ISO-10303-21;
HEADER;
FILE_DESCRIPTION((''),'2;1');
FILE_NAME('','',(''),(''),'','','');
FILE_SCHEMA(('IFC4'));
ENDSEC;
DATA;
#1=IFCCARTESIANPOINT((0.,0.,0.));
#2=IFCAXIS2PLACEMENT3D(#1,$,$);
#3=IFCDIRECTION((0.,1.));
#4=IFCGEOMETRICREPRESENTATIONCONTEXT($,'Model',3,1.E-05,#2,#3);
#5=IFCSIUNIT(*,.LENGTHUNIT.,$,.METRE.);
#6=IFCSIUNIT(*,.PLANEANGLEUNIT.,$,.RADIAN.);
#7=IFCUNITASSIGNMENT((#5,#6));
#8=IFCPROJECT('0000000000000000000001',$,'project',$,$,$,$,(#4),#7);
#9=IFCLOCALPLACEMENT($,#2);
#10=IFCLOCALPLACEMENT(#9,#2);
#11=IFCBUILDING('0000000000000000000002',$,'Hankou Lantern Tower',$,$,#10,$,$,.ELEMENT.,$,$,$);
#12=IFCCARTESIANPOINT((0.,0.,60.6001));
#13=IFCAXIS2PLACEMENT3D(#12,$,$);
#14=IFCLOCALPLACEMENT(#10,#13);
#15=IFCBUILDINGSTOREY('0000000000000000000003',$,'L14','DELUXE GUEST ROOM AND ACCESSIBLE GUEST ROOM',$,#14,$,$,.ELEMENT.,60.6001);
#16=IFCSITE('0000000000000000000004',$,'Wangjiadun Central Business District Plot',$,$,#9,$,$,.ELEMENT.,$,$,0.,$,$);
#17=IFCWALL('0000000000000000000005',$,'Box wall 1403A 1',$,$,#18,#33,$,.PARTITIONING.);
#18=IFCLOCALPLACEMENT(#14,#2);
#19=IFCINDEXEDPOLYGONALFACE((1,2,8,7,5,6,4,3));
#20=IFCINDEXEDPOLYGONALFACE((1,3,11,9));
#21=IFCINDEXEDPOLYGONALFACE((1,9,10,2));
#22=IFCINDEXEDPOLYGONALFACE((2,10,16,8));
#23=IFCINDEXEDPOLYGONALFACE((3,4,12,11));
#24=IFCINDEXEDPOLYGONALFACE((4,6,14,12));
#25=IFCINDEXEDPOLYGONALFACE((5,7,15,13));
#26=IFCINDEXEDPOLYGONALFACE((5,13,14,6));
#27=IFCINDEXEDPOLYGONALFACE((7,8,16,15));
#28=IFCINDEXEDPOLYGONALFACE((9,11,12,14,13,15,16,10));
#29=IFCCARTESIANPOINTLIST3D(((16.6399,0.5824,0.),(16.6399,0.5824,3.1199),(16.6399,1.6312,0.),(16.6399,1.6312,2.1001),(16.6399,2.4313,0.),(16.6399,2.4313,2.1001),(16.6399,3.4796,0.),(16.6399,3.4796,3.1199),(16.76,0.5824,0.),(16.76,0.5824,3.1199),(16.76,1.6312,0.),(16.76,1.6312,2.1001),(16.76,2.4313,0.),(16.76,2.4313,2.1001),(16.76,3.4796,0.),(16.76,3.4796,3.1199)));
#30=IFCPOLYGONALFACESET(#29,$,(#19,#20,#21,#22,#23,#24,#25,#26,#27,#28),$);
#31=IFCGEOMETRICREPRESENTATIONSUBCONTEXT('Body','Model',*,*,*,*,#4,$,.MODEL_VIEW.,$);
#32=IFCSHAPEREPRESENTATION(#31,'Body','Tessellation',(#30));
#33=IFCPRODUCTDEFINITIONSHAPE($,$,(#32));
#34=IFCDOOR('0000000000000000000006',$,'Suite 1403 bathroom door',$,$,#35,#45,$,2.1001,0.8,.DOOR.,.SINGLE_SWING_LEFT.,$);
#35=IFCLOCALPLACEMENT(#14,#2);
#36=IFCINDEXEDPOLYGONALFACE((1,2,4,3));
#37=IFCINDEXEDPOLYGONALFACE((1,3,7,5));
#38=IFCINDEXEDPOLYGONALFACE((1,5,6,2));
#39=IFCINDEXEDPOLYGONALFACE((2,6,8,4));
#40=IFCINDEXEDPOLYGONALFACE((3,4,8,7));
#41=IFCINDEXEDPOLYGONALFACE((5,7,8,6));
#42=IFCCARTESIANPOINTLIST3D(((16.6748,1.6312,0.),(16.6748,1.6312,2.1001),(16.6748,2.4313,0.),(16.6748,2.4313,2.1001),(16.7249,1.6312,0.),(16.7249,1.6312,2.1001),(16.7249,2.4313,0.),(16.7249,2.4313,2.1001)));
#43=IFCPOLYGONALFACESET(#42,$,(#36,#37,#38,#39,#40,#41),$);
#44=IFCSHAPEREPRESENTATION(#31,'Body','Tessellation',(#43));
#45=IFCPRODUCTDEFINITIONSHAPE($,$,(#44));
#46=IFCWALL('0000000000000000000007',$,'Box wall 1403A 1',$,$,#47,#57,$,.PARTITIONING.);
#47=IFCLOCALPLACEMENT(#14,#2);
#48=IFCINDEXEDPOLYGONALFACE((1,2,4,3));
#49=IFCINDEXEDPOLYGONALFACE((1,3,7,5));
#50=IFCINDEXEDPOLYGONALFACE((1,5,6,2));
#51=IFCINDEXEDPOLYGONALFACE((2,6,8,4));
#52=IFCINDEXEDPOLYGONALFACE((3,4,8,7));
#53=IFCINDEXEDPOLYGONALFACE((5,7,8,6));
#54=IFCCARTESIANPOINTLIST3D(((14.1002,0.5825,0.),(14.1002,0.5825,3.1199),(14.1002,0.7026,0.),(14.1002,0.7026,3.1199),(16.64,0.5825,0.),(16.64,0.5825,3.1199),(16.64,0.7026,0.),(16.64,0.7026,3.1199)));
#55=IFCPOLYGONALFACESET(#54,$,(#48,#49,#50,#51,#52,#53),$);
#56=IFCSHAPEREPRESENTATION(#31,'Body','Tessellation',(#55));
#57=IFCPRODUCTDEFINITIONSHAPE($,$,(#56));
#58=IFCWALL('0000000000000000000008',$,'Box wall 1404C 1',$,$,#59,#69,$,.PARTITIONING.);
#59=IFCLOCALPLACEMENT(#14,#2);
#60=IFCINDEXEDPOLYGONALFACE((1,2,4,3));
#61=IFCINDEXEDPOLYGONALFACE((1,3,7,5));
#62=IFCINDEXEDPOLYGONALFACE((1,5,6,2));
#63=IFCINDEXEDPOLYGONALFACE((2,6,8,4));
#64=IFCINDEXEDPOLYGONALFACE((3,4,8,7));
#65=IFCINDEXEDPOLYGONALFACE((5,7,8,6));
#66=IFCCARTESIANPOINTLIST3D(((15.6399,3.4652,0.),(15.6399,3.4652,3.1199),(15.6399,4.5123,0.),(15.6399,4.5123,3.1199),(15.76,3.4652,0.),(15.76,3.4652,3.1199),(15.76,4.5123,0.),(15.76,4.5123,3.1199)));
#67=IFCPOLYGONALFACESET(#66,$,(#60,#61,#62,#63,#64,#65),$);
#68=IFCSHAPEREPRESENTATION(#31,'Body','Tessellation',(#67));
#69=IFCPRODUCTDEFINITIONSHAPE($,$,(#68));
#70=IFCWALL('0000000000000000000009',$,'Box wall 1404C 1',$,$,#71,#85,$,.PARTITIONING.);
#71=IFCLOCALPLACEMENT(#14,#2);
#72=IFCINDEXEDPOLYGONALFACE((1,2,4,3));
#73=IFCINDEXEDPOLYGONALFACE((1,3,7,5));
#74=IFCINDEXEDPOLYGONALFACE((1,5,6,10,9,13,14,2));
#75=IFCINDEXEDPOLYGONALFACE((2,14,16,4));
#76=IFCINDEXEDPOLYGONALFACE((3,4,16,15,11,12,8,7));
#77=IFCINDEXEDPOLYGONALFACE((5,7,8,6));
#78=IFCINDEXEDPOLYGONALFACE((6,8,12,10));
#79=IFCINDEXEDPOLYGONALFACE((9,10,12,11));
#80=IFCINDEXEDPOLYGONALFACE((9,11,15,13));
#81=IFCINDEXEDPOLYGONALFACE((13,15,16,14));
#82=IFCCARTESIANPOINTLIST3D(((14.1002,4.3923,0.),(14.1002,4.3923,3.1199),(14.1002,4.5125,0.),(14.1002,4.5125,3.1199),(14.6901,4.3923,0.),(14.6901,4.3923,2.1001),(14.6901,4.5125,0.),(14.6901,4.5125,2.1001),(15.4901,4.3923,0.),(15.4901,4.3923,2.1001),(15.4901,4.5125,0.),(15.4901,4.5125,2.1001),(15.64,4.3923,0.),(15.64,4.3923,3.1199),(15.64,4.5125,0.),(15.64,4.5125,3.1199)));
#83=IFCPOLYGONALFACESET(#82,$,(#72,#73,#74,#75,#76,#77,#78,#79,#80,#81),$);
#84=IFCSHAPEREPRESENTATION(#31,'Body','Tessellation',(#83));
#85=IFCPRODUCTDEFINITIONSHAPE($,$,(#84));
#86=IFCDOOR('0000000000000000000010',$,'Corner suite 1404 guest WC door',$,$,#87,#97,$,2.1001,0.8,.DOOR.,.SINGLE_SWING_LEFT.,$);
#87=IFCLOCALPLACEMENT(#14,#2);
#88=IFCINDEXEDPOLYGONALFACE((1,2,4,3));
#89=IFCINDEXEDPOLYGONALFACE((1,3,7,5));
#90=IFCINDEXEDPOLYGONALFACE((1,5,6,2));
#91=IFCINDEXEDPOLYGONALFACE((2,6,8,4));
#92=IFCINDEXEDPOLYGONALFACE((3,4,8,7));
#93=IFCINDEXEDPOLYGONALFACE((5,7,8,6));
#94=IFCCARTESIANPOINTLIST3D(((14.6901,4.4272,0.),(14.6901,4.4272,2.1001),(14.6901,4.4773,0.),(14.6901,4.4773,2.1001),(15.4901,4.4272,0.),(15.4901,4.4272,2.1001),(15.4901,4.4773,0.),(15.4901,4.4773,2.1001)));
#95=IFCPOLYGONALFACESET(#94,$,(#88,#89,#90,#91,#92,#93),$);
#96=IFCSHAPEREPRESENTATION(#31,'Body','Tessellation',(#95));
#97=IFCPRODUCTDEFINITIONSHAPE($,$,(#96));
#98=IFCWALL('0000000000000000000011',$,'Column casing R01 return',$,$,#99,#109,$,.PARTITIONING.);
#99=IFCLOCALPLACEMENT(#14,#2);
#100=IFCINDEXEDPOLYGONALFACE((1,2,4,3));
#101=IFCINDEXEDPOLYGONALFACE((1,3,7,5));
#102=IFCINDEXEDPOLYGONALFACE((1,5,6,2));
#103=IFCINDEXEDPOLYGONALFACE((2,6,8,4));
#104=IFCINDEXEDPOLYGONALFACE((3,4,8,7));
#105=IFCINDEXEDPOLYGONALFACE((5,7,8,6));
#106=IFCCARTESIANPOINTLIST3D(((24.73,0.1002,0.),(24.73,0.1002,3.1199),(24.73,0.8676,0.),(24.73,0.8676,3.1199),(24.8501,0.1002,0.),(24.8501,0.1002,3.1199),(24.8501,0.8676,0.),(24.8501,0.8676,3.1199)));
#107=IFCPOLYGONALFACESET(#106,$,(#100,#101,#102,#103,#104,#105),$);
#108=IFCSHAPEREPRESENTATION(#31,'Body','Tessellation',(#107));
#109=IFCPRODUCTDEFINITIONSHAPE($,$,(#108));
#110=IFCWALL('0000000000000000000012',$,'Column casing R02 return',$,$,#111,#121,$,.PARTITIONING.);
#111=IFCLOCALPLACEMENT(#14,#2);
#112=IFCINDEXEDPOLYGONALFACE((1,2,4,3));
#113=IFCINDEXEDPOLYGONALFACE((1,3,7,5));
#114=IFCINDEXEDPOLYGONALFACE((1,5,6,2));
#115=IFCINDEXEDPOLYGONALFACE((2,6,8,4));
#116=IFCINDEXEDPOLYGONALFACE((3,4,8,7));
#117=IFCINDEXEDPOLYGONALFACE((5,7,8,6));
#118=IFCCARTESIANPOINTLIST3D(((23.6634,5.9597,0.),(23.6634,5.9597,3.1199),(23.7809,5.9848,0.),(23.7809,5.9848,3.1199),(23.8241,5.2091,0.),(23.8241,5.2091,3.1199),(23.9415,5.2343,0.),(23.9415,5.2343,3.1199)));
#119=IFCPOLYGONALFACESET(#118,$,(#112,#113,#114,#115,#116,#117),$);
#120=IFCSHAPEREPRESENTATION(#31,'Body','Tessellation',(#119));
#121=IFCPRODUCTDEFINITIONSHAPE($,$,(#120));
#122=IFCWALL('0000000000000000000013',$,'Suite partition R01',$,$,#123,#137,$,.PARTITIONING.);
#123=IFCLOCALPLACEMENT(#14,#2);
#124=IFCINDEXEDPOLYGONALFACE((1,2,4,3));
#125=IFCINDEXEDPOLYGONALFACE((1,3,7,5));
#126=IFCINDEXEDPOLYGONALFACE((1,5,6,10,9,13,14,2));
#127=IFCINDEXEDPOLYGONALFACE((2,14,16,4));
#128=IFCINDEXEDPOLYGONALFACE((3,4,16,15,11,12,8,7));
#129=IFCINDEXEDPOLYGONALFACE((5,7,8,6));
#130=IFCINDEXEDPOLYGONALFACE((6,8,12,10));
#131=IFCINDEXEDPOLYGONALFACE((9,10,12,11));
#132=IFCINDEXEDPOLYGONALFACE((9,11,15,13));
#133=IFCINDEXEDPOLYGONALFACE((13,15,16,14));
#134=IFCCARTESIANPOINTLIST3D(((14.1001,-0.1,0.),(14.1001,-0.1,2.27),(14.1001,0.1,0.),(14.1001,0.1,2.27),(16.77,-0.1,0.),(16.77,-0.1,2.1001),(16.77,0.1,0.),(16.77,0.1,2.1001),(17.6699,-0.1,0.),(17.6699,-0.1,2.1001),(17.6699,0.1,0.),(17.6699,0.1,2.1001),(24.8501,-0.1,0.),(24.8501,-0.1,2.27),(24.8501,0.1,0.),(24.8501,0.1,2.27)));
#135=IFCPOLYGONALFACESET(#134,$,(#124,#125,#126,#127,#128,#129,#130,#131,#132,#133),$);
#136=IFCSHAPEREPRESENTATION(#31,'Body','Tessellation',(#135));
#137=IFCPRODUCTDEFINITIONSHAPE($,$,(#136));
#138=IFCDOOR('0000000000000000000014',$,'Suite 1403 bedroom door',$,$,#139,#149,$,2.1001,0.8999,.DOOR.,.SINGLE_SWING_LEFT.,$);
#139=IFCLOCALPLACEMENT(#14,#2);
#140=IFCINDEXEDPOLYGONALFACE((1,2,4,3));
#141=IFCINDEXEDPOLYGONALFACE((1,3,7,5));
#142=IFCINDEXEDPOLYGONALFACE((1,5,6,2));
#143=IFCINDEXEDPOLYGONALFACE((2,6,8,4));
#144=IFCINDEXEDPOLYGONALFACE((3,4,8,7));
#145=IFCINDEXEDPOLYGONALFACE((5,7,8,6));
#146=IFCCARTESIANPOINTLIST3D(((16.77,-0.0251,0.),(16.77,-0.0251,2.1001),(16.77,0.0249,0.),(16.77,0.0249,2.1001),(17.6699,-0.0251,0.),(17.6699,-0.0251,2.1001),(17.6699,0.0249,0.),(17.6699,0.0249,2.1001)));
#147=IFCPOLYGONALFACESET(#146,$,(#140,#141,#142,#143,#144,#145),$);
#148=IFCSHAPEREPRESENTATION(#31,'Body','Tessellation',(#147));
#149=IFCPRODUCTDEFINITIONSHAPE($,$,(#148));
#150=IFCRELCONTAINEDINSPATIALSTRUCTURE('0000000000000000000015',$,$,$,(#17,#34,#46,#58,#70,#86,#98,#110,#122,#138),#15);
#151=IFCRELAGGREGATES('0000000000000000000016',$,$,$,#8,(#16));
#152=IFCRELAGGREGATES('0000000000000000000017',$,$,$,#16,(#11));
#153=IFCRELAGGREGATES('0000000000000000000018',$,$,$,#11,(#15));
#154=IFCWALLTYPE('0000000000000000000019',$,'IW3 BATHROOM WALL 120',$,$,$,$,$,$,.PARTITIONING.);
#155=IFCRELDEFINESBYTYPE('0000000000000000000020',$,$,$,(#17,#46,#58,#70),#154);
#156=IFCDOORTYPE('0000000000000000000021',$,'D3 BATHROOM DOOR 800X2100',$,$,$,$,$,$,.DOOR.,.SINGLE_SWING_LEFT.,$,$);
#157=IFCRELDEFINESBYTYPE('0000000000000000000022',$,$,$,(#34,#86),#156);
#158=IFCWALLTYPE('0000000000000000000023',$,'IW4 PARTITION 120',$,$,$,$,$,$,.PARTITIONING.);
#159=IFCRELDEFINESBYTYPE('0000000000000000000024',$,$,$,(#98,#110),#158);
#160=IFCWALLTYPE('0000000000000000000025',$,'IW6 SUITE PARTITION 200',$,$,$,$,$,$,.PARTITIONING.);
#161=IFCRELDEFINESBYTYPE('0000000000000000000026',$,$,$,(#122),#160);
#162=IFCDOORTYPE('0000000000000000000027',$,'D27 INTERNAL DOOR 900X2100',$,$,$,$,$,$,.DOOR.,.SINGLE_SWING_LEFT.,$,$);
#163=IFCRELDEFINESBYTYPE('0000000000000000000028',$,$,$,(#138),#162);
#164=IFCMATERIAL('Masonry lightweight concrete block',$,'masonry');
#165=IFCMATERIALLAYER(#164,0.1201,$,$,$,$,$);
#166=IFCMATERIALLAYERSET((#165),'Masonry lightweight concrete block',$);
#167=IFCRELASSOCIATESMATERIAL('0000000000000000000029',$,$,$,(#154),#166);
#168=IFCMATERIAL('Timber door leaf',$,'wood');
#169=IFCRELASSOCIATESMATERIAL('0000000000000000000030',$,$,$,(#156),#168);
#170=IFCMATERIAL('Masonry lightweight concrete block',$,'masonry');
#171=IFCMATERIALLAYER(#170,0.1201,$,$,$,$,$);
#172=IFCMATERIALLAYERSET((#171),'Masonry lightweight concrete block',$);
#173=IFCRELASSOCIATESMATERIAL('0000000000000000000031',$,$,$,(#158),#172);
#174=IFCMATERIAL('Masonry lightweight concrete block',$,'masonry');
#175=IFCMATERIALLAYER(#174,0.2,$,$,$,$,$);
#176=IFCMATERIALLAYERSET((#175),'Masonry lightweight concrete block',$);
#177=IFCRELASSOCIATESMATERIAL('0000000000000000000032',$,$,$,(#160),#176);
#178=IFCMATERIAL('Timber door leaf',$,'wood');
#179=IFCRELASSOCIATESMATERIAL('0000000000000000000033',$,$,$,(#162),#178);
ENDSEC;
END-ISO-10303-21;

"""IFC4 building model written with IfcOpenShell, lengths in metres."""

from ifc_helpers import new_model, si_unit, direction, frame, frame_2d, origin, place, context, subcontext, project, spatial, rectangle, extrude, material, layer, layer_set, type_object, element, fill, save


model = new_model("IFC4")

# Units and contexts
model_context = context("Model", 3, precision=1e-05, world=origin(), true_north=direction((0.0, 1.0)))
body_context = subcontext(model_context, "Body", "Model", "MODEL_VIEW")
ifc_project = project(units=[si_unit("LENGTHUNIT", "METRE"), si_unit("PLANEANGLEUNIT", "RADIAN")], contexts=[model_context])

# Site, building, storey
site_placement = place(None, origin())
site = spatial("IfcSite", under=ifc_project, at=site_placement, Name="Wangjiadun Central Business District Plot", CompositionType="ELEMENT", RefElevation=0.0)
building_placement = place(site_placement, origin())
building = spatial("IfcBuilding", under=site, at=building_placement, Name="Hankou Lantern Tower", CompositionType="ELEMENT")
storey_placement = place(building_placement, frame((0.0, 0.0, 60.6001)))
storey = spatial("IfcBuildingStorey", under=building, at=storey_placement, Name="L14", Description="DELUXE GUEST ROOM AND ACCESSIBLE GUEST ROOM", CompositionType="ELEMENT", Elevation=60.6001)

# Shared definitions
ifc_material_1 = material(Name="Masonry lightweight concrete block", Category="masonry")
ifc_layer_1 = layer(ifc_material_1, 0.1201)
ifc_layer_set_1 = layer_set([ifc_layer_1], Name="Masonry lightweight concrete block")
wall_type_1 = type_object("IfcWallType", Name="IW3 BATHROOM WALL 120", PredefinedType="PARTITIONING", material=ifc_layer_set_1)

# Wall, opening, door
ifc_material_2 = material(Name="Timber door leaf", Category="wood")
door_type_1 = type_object("IfcDoorType", Name="D3 BATHROOM DOOR 800X2100", OperationType="SINGLE_SWING_LEFT", PredefinedType="DOOR", material=ifc_material_2)
wall_1_placement = place(storey_placement, frame((16.7, 3.4797, 0.0), z_axis=(0.0, 0.0, 1.0), x_axis=(0.0, -1.0, 0.0)))
wall_1 = element("IfcWall", 1, at=wall_1_placement, inside=storey, type_object=wall_type_1, Name="Box wall 1403A 1", PredefinedType="PARTITIONING", context=body_context, shape_type="SweptSolid", body=[
    extrude(rectangle(XDim=2.8972, YDim=0.1201, at=frame_2d((1.4487, 0.0))), origin(), (0.0, 0.0, 1.0), 3.1199),
])
opening_1_placement = place(wall_1_placement, frame((1.0486, 0.0, 0.0)))
opening_1 = element("IfcOpeningElement", 2, at=opening_1_placement, cuts=wall_1, PredefinedType="OPENING", context=body_context, shape_type="SweptSolid", body=[
    extrude(rectangle(XDim=0.8, YDim=2.1001, at=frame_2d((0.3999, 1.05))), frame((0.0, 0.0701, 0.0), z_axis=(0.0, -1.0, 0.0), x_axis=(1.0, 0.0, 0.0)), (0.0, 0.0, 1.0), 0.1401),
])
door_1_placement = place(opening_1_placement, origin())
door_1 = element("IfcDoor", 3, at=door_1_placement, inside=storey, type_object=door_type_1, Name="Suite 1403 bathroom door", OperationType="SINGLE_SWING_LEFT", OverallHeight=2.1001, OverallWidth=0.8, PredefinedType="DOOR", context=body_context, shape_type="SweptSolid", body=[
    extrude(rectangle(XDim=0.8, YDim=2.1001, at=frame_2d((0.3999, 1.05))), frame((0.0, 0.0249, 0.0), z_axis=(0.0, -1.0, 0.0), x_axis=(1.0, 0.0, 0.0)), (0.0, 0.0, 1.0), 0.05),
])
fill(opening_1, door_1)

# Walls
wall_2_placement = place(storey_placement, frame((14.1001, 0.6426, 0.0), z_axis=(0.0, 0.0, 1.0), x_axis=(1.0, 0.0, 0.0)))
element("IfcWall", 4, at=wall_2_placement, inside=storey, type_object=wall_type_1, Name="Box wall 1403A 1", PredefinedType="PARTITIONING", context=body_context, shape_type="SweptSolid", body=[
    extrude(rectangle(XDim=2.5398, YDim=0.1201, at=frame_2d((1.27, 0.0))), origin(), (0.0, 0.0, 1.0), 3.1199),
])
wall_3_placement = place(storey_placement, frame((15.7, 3.4653, 0.0), z_axis=(0.0, 0.0, 1.0), x_axis=(0.0, 1.0, 0.0)))
element("IfcWall", 5, at=wall_3_placement, inside=storey, type_object=wall_type_1, Name="Box wall 1404C 1", PredefinedType="PARTITIONING", context=body_context, shape_type="SweptSolid", body=[
    extrude(rectangle(XDim=1.0471, YDim=0.1201, at=frame_2d((0.5234, 0.0))), origin(), (0.0, 0.0, 1.0), 3.1199),
])

# Wall, opening, door
wall_4_placement = place(storey_placement, frame((14.1001, 4.4524, 0.0), z_axis=(0.0, 0.0, 1.0), x_axis=(1.0, 0.0, 0.0)))
wall_4 = element("IfcWall", 6, at=wall_4_placement, inside=storey, type_object=wall_type_1, Name="Box wall 1404C 1", PredefinedType="PARTITIONING", context=body_context, shape_type="SweptSolid", body=[
    extrude(rectangle(XDim=1.5398, YDim=0.1201, at=frame_2d((0.77, 0.0))), origin(), (0.0, 0.0, 1.0), 3.1199),
])
opening_2_placement = place(wall_4_placement, frame((0.5901, 0.0, 0.0)))
opening_2 = element("IfcOpeningElement", 7, at=opening_2_placement, cuts=wall_4, PredefinedType="OPENING", context=body_context, shape_type="SweptSolid", body=[
    extrude(rectangle(XDim=0.8, YDim=2.1001, at=frame_2d((0.3999, 1.05))), frame((0.0, 0.0701, 0.0), z_axis=(0.0, -1.0, 0.0), x_axis=(1.0, 0.0, 0.0)), (0.0, 0.0, 1.0), 0.1401),
])
door_2_placement = place(opening_2_placement, origin())
door_2 = element("IfcDoor", 8, at=door_2_placement, inside=storey, type_object=door_type_1, Name="Corner suite 1404 guest WC door", OperationType="SINGLE_SWING_LEFT", OverallHeight=2.1001, OverallWidth=0.8, PredefinedType="DOOR", context=body_context, shape_type="SweptSolid", body=[
    extrude(rectangle(XDim=0.8, YDim=2.1001, at=frame_2d((0.3999, 1.05))), frame((0.0, 0.0249, 0.0), z_axis=(0.0, -1.0, 0.0), x_axis=(1.0, 0.0, 0.0)), (0.0, 0.0, 1.0), 0.05),
])
fill(opening_2, door_2)

# Walls
ifc_material_3 = material(Name="Masonry lightweight concrete block", Category="masonry")
ifc_layer_2 = layer(ifc_material_3, 0.1201)
ifc_layer_set_2 = layer_set([ifc_layer_2], Name="Masonry lightweight concrete block")
wall_type_2 = type_object("IfcWallType", Name="IW4 PARTITION 120", PredefinedType="PARTITIONING", material=ifc_layer_set_2)
wall_5_placement = place(storey_placement, frame((24.79, 0.1001, 0.0), z_axis=(0.0, 0.0, 1.0), x_axis=(0.0, 1.0, 0.0)))
element("IfcWall", 9, at=wall_5_placement, inside=storey, type_object=wall_type_2, Name="Column casing R01 return", PredefinedType="PARTITIONING", context=body_context, shape_type="SweptSolid", body=[
    extrude(rectangle(XDim=0.7673, YDim=0.1201, at=frame_2d((0.3838, 0.0))), origin(), (0.0, 0.0, 1.0), 3.1199),
])
wall_6_placement = place(storey_placement, frame((23.8828, 5.2217, 0.0), z_axis=(0.0, 0.0, 1.0), x_axis=(-0.209312, 0.977849, 0.0)))
element("IfcWall", 10, at=wall_6_placement, inside=storey, type_object=wall_type_2, Name="Column casing R02 return", PredefinedType="PARTITIONING", context=body_context, shape_type="SweptSolid", body=[
    extrude(rectangle(XDim=0.7676, YDim=0.1201, at=frame_2d((0.3838, 0.0))), origin(), (0.0, 0.0, 1.0), 3.1199),
])

# Wall, opening, door
ifc_material_4 = material(Name="Masonry lightweight concrete block", Category="masonry")
ifc_layer_3 = layer(ifc_material_4, 0.2)
ifc_layer_set_3 = layer_set([ifc_layer_3], Name="Masonry lightweight concrete block")
wall_type_3 = type_object("IfcWallType", Name="IW6 SUITE PARTITION 200", PredefinedType="PARTITIONING", material=ifc_layer_set_3)
wall_7_placement = place(storey_placement, frame((14.1001, 0.0, 0.0), z_axis=(0.0, 0.0, 1.0), x_axis=(1.0, 0.0, 0.0)))
wall_7 = element("IfcWall", 11, at=wall_7_placement, inside=storey, type_object=wall_type_3, Name="Suite partition R01", PredefinedType="PARTITIONING", context=body_context, shape_type="SweptSolid", body=[
    extrude(rectangle(XDim=10.75, YDim=0.2, at=frame_2d((5.375, 0.0))), origin(), (0.0, 0.0, 1.0), 2.27),
])
opening_3_placement = place(wall_7_placement, frame((2.6699, 0.0, 0.0)))
opening_3 = element("IfcOpeningElement", 12, at=opening_3_placement, cuts=wall_7, PredefinedType="OPENING", context=body_context, shape_type="SweptSolid", body=[
    extrude(rectangle(XDim=0.8999, YDim=2.1001, at=frame_2d((0.45, 1.05))), frame((0.0, 0.1099, 0.0), z_axis=(0.0, -1.0, 0.0), x_axis=(1.0, 0.0, 0.0)), (0.0, 0.0, 1.0), 0.22),
])
ifc_material_5 = material(Name="Timber door leaf", Category="wood")
door_type_2 = type_object("IfcDoorType", Name="D27 INTERNAL DOOR 900X2100", OperationType="SINGLE_SWING_LEFT", PredefinedType="DOOR", material=ifc_material_5)
door_3_placement = place(opening_3_placement, origin())
door_3 = element("IfcDoor", 13, at=door_3_placement, inside=storey, type_object=door_type_2, Name="Suite 1403 bedroom door", OperationType="SINGLE_SWING_LEFT", OverallHeight=2.1001, OverallWidth=0.8999, PredefinedType="DOOR", context=body_context, shape_type="SweptSolid", body=[
    extrude(rectangle(XDim=0.8999, YDim=2.1001, at=frame_2d((0.45, 1.05))), frame((0.0, 0.0249, 0.0), z_axis=(0.0, -1.0, 0.0), x_axis=(1.0, 0.0, 0.0)), (0.0, 0.0, 1.0), 0.05),
])
fill(opening_3, door_3)

save(model, "model.ifc")
